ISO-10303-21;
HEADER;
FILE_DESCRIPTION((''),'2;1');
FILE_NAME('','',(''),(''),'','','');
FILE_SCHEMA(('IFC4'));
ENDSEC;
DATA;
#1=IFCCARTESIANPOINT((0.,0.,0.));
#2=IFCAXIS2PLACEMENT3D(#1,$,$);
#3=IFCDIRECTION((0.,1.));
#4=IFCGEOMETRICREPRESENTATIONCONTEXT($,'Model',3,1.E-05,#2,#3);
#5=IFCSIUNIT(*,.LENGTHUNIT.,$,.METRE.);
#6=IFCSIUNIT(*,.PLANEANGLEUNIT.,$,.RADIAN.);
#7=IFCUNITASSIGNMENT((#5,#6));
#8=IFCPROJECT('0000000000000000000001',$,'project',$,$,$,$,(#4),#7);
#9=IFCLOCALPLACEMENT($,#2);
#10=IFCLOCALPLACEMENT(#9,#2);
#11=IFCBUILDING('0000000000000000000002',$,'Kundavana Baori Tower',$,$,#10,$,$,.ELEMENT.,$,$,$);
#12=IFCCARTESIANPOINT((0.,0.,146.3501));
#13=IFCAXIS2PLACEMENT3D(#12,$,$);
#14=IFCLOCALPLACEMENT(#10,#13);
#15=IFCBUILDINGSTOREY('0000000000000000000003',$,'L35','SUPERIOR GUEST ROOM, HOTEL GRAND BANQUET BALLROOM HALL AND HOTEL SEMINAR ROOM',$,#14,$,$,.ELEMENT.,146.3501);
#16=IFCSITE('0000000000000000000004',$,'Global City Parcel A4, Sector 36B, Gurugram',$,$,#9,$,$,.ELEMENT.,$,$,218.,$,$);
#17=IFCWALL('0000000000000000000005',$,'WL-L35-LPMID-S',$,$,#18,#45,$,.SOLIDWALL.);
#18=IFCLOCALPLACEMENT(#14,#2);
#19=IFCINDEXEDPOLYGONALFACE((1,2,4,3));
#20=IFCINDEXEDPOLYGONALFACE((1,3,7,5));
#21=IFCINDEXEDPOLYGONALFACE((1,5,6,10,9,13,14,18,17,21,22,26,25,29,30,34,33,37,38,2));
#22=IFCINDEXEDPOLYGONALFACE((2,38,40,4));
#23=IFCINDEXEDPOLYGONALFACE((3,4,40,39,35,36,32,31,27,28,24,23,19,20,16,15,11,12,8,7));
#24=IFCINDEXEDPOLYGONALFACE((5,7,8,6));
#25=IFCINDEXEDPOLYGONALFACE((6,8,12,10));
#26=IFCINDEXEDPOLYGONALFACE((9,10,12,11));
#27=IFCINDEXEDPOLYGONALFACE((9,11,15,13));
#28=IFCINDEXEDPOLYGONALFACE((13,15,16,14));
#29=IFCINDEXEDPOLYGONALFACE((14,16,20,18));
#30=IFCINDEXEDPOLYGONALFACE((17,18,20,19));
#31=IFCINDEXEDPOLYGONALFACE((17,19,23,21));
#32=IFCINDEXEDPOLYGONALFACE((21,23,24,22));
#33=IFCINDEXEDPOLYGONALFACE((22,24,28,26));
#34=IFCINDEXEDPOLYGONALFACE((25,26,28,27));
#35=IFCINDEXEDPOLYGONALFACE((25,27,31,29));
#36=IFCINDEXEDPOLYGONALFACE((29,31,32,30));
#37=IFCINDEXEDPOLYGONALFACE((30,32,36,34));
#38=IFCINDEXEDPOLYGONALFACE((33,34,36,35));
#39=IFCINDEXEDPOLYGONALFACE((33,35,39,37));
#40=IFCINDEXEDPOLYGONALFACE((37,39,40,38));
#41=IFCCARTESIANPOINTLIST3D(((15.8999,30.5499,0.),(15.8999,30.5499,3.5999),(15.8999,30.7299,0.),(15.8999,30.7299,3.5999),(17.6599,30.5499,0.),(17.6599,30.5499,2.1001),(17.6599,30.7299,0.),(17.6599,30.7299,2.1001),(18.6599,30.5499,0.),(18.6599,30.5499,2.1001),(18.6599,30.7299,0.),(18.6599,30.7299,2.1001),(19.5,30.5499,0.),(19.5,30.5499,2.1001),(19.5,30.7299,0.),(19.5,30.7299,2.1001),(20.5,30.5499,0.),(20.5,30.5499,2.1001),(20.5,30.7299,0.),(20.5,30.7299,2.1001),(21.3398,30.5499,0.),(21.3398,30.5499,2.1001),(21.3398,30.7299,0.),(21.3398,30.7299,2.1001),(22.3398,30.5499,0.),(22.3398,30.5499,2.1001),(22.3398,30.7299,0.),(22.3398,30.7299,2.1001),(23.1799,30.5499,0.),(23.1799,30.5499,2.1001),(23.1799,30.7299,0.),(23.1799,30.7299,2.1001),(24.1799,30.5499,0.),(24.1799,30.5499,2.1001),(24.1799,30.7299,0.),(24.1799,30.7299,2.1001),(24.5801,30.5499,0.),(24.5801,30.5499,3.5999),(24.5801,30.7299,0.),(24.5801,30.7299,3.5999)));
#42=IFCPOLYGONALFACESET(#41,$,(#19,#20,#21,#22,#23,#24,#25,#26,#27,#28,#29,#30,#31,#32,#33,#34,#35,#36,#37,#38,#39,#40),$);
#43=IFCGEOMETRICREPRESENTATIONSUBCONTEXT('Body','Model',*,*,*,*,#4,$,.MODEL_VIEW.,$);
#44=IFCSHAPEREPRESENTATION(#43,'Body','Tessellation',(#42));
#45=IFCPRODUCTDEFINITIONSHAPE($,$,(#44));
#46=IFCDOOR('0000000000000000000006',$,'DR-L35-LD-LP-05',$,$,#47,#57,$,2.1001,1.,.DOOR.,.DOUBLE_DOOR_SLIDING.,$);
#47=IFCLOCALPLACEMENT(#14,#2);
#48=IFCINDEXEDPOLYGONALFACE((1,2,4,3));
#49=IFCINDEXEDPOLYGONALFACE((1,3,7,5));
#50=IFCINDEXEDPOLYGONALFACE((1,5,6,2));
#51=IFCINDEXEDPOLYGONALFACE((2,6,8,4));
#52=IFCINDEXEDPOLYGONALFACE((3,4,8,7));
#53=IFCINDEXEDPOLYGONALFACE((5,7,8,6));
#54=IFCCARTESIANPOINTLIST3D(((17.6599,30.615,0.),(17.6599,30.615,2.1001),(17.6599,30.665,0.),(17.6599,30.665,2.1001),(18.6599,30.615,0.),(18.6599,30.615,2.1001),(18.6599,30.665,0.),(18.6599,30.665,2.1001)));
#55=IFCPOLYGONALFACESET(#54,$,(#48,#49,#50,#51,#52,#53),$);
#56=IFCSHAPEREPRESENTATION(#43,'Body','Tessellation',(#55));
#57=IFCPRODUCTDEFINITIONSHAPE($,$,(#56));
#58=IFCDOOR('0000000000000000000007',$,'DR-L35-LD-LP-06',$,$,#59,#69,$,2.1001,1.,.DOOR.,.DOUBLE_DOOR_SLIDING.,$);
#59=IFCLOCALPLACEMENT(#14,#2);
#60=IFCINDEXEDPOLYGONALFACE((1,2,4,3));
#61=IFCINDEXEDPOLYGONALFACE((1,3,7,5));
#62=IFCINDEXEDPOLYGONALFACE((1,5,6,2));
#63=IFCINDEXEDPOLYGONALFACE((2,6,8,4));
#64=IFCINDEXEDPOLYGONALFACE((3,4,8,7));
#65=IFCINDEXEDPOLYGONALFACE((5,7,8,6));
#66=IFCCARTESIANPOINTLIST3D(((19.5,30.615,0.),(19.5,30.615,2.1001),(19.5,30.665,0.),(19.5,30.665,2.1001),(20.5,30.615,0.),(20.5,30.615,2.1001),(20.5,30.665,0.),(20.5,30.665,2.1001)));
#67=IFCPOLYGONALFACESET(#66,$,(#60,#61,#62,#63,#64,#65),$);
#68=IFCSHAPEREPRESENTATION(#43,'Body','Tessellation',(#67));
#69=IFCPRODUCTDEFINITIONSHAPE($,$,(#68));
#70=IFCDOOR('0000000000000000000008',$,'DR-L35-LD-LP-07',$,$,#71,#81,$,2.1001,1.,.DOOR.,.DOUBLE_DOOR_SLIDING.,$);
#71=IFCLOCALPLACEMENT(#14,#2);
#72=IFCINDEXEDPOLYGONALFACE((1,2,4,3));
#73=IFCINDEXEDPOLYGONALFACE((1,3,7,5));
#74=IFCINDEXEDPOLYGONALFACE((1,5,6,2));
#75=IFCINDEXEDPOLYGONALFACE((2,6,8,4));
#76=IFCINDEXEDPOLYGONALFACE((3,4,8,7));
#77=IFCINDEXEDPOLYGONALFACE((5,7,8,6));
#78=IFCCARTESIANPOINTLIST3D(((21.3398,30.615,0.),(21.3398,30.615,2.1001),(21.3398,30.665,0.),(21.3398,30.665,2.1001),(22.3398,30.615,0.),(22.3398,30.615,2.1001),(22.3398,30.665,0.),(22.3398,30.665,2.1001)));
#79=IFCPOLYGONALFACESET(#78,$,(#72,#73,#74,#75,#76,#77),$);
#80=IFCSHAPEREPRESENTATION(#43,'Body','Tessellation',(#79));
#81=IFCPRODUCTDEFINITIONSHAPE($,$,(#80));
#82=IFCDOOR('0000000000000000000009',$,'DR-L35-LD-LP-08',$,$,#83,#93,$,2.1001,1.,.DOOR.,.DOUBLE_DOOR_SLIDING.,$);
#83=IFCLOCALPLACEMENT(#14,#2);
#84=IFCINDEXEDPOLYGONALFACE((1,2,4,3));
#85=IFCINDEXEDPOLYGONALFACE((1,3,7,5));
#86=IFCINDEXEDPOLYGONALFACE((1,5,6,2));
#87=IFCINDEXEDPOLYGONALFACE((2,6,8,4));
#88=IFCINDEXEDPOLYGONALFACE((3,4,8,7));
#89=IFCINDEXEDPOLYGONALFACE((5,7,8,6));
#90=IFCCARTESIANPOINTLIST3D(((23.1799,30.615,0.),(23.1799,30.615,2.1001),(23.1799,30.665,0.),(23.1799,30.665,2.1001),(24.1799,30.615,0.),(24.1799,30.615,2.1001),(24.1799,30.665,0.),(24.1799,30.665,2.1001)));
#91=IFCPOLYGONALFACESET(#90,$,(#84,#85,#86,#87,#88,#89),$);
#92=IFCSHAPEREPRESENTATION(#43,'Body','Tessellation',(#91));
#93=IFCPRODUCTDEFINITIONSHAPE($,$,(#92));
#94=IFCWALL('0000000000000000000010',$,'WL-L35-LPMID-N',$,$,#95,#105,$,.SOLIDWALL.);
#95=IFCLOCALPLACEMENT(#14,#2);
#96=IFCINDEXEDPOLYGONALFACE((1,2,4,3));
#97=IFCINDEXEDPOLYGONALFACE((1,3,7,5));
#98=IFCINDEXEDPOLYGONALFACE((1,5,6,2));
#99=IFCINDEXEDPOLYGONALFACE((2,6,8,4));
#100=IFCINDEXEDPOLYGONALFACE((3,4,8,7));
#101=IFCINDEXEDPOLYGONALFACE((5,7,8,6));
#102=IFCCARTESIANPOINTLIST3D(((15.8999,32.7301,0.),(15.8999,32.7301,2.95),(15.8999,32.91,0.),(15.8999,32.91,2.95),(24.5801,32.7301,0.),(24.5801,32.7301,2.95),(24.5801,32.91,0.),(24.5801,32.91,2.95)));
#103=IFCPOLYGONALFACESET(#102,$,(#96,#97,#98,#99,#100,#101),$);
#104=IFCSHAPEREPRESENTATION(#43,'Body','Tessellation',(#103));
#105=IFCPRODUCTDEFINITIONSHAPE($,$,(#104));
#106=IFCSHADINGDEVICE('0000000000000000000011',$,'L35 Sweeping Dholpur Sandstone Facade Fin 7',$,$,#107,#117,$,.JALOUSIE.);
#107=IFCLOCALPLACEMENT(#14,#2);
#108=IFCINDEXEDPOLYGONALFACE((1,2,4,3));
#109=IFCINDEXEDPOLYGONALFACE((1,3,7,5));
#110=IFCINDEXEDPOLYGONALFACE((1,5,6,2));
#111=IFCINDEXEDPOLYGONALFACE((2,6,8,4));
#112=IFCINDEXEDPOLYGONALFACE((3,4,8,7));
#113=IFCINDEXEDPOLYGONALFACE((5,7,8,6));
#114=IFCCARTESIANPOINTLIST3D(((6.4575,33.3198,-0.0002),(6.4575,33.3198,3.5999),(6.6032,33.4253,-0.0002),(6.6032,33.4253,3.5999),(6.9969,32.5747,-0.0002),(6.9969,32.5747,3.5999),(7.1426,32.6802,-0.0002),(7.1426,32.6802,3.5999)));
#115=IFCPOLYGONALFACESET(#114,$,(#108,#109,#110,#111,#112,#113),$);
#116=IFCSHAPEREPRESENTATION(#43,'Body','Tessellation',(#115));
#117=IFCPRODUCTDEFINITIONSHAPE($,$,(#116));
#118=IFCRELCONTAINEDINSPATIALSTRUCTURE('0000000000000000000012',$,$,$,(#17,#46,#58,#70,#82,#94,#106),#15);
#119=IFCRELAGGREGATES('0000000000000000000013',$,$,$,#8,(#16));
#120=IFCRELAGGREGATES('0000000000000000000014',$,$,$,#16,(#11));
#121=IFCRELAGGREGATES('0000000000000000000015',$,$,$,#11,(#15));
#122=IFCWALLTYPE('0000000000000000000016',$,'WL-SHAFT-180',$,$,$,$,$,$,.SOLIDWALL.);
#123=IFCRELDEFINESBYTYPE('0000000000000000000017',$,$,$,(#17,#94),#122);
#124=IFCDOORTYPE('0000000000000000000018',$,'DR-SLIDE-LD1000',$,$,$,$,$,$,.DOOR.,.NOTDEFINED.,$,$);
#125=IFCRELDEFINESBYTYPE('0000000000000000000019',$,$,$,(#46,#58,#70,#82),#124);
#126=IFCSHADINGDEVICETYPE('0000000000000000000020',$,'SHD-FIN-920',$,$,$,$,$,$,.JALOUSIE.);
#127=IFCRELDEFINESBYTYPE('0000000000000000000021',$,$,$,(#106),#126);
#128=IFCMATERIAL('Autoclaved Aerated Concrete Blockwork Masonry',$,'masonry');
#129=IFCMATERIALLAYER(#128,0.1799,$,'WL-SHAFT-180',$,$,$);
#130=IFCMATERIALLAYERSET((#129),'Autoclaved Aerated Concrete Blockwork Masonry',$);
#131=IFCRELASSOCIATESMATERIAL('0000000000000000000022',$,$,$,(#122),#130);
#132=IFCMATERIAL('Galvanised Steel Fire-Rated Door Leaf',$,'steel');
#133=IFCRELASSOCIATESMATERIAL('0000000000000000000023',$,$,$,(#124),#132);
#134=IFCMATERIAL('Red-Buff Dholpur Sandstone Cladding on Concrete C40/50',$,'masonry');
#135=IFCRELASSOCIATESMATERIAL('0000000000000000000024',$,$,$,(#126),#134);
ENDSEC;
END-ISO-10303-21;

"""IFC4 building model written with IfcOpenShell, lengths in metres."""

from ifc_helpers import new_model, si_unit, direction, frame, frame_2d, origin, origin_2d, place, context, subcontext, project, spatial, rectangle, extrude, material, layer, layer_set, type_object, element, fill, save


model = new_model("IFC4")

# Units and contexts
model_context = context("Model", 3, precision=1e-05, world=origin(), true_north=direction((0.0, 1.0)))
body_context = subcontext(model_context, "Body", "Model", "MODEL_VIEW")
ifc_project = project(units=[si_unit("LENGTHUNIT", "METRE"), si_unit("PLANEANGLEUNIT", "RADIAN")], contexts=[model_context])

# Site, building, storey
site_placement = place(None, origin())
site = spatial("IfcSite", under=ifc_project, at=site_placement, Name="Global City Parcel A4, Sector 36B, Gurugram", CompositionType="ELEMENT", RefElevation=218.0)
building_placement = place(site_placement, origin())
building = spatial("IfcBuilding", under=site, at=building_placement, Name="Kundavana Baori Tower", CompositionType="ELEMENT")
storey_placement = place(building_placement, frame((0.0, 0.0, 146.3501)))
storey = spatial("IfcBuildingStorey", under=building, at=storey_placement, Name="L35", Description="SUPERIOR GUEST ROOM, HOTEL GRAND BANQUET BALLROOM HALL AND HOTEL SEMINAR ROOM", CompositionType="ELEMENT", Elevation=146.3501)

# Shared definitions
ifc_material_1 = material(Name="Autoclaved Aerated Concrete Blockwork Masonry", Category="masonry")
ifc_layer_1 = layer(ifc_material_1, 0.1799, Name="WL-SHAFT-180")
ifc_layer_set_1 = layer_set([ifc_layer_1], Name="Autoclaved Aerated Concrete Blockwork Masonry")
wall_type_1 = type_object("IfcWallType", Name="WL-SHAFT-180", PredefinedType="SOLIDWALL", material=ifc_layer_set_1)

# Wall, openings, doors
wall_1_placement = place(storey_placement, frame((15.8999, 30.6399, 0.0), z_axis=(0.0, 0.0, 1.0), x_axis=(1.0, 0.0, 0.0)))
wall_1 = element("IfcWall", 1, at=wall_1_placement, inside=storey, type_object=wall_type_1, Name="WL-L35-LPMID-S", PredefinedType="SOLIDWALL", context=body_context, shape_type="SweptSolid", body=[
    extrude(rectangle(XDim=8.6802, YDim=0.1799, at=frame_2d((4.3401, 0.0))), origin(), (0.0, 0.0, 1.0), 3.5999),
])
opening_1_placement = place(wall_1_placement, frame((1.76, 0.0, 0.0)))
opening_1 = element("IfcOpeningElement", 2, at=opening_1_placement, cuts=wall_1, PredefinedType="OPENING", context=body_context, shape_type="SweptSolid", body=[
    extrude(rectangle(XDim=1.0, YDim=2.1001, at=frame_2d((0.5, 1.05))), frame((0.0, 0.1001, 0.0), z_axis=(0.0, -1.0, 0.0), x_axis=(1.0, 0.0, 0.0)), (0.0, 0.0, 1.0), 0.2),
])
opening_2_placement = place(wall_1_placement, frame((3.6001, 0.0, 0.0)))
opening_2 = element("IfcOpeningElement", 3, at=opening_2_placement, cuts=wall_1, PredefinedType="OPENING", context=body_context, shape_type="SweptSolid", body=[
    extrude(rectangle(XDim=1.0, YDim=2.1001, at=frame_2d((0.5, 1.05))), frame((0.0, 0.1001, 0.0), z_axis=(0.0, -1.0, 0.0), x_axis=(1.0, 0.0, 0.0)), (0.0, 0.0, 1.0), 0.2),
])
opening_3_placement = place(wall_1_placement, frame((5.4399, 0.0, 0.0)))
opening_3 = element("IfcOpeningElement", 4, at=opening_3_placement, cuts=wall_1, PredefinedType="OPENING", context=body_context, shape_type="SweptSolid", body=[
    extrude(rectangle(XDim=1.0, YDim=2.1001, at=frame_2d((0.5, 1.05))), frame((0.0, 0.1001, 0.0), z_axis=(0.0, -1.0, 0.0), x_axis=(1.0, 0.0, 0.0)), (0.0, 0.0, 1.0), 0.2),
])
opening_4_placement = place(wall_1_placement, frame((7.28, 0.0, 0.0)))
opening_4 = element("IfcOpeningElement", 5, at=opening_4_placement, cuts=wall_1, PredefinedType="OPENING", context=body_context, shape_type="SweptSolid", body=[
    extrude(rectangle(XDim=1.0, YDim=2.1001, at=frame_2d((0.5, 1.05))), frame((0.0, 0.1001, 0.0), z_axis=(0.0, -1.0, 0.0), x_axis=(1.0, 0.0, 0.0)), (0.0, 0.0, 1.0), 0.2),
])
ifc_material_2 = material(Name="Galvanised Steel Fire-Rated Door Leaf", Category="steel")
door_type_1 = type_object("IfcDoorType", Name="DR-SLIDE-LD1000", OperationType="NOTDEFINED", PredefinedType="DOOR", material=ifc_material_2)
door_1_placement = place(opening_1_placement, frame((1.0, 0.0, 0.0), z_axis=(0.0, 0.0, 1.0), x_axis=(-1.0, 0.0, 0.0)))
door_1 = element("IfcDoor", 6, at=door_1_placement, inside=storey, type_object=door_type_1, Name="DR-L35-LD-LP-05", OperationType="DOUBLE_DOOR_SLIDING", OverallHeight=2.1001, OverallWidth=1.0, PredefinedType="DOOR", context=body_context, shape_type="SweptSolid", body=[
    extrude(rectangle(XDim=1.0, YDim=2.1001, at=frame_2d((0.5, 1.05))), frame((0.0, 0.0249, 0.0), z_axis=(0.0, -1.0, 0.0), x_axis=(1.0, 0.0, 0.0)), (0.0, 0.0, 1.0), 0.05),
])
fill(opening_1, door_1)
door_2_placement = place(opening_2_placement, frame((1.0, 0.0, 0.0), z_axis=(0.0, 0.0, 1.0), x_axis=(-1.0, 0.0, 0.0)))
door_2 = element("IfcDoor", 7, at=door_2_placement, inside=storey, type_object=door_type_1, Name="DR-L35-LD-LP-06", OperationType="DOUBLE_DOOR_SLIDING", OverallHeight=2.1001, OverallWidth=1.0, PredefinedType="DOOR", context=body_context, shape_type="SweptSolid", body=[
    extrude(rectangle(XDim=1.0, YDim=2.1001, at=frame_2d((0.5, 1.05))), frame((0.0, 0.0249, 0.0), z_axis=(0.0, -1.0, 0.0), x_axis=(1.0, 0.0, 0.0)), (0.0, 0.0, 1.0), 0.05),
])
fill(opening_2, door_2)
door_3_placement = place(opening_3_placement, frame((1.0, 0.0, 0.0), z_axis=(0.0, 0.0, 1.0), x_axis=(-1.0, 0.0, 0.0)))
door_3 = element("IfcDoor", 8, at=door_3_placement, inside=storey, type_object=door_type_1, Name="DR-L35-LD-LP-07", OperationType="DOUBLE_DOOR_SLIDING", OverallHeight=2.1001, OverallWidth=1.0, PredefinedType="DOOR", context=body_context, shape_type="SweptSolid", body=[
    extrude(rectangle(XDim=1.0, YDim=2.1001, at=frame_2d((0.5, 1.05))), frame((0.0, 0.0249, 0.0), z_axis=(0.0, -1.0, 0.0), x_axis=(1.0, 0.0, 0.0)), (0.0, 0.0, 1.0), 0.05),
])
fill(opening_3, door_3)
door_4_placement = place(opening_4_placement, frame((1.0, 0.0, 0.0), z_axis=(0.0, 0.0, 1.0), x_axis=(-1.0, 0.0, 0.0)))
door_4 = element("IfcDoor", 9, at=door_4_placement, inside=storey, type_object=door_type_1, Name="DR-L35-LD-LP-08", OperationType="DOUBLE_DOOR_SLIDING", OverallHeight=2.1001, OverallWidth=1.0, PredefinedType="DOOR", context=body_context, shape_type="SweptSolid", body=[
    extrude(rectangle(XDim=1.0, YDim=2.1001, at=frame_2d((0.5, 1.05))), frame((0.0, 0.0249, 0.0), z_axis=(0.0, -1.0, 0.0), x_axis=(1.0, 0.0, 0.0)), (0.0, 0.0, 1.0), 0.05),
])
fill(opening_4, door_4)

# Wall
wall_2_placement = place(storey_placement, frame((15.8999, 32.8201, 0.0), z_axis=(0.0, 0.0, 1.0), x_axis=(1.0, 0.0, 0.0)))
element("IfcWall", 10, at=wall_2_placement, inside=storey, type_object=wall_type_1, Name="WL-L35-LPMID-N", PredefinedType="SOLIDWALL", context=body_context, shape_type="SweptSolid", body=[
    extrude(rectangle(XDim=8.6802, YDim=0.1799, at=frame_2d((4.3401, 0.0))), origin(), (0.0, 0.0, 1.0), 2.95),
])

# Shading device
ifc_material_3 = material(Name="Red-Buff Dholpur Sandstone Cladding on Concrete C40/50", Category="masonry")
shading_device_type = type_object("IfcShadingDeviceType", Name="SHD-FIN-920", PredefinedType="JALOUSIE", material=ifc_material_3)
shading_device_placement = place(storey_placement, frame((6.8, 33.0, -0.0002), z_axis=(0.0, 0.0, 1.0), x_axis=(0.810042, 0.586372, 0.0)))
element("IfcShadingDevice", 11, at=shading_device_placement, inside=storey, type_object=shading_device_type, Name="L35 Sweeping Dholpur Sandstone Facade Fin 7", PredefinedType="JALOUSIE", context=body_context, shape_type="SweptSolid", body=[
    extrude(rectangle(XDim=0.1799, YDim=0.9199, at=origin_2d()), origin(), (0.0, 0.0, 1.0), 3.6001),
])

save(model, "model.ifc")
